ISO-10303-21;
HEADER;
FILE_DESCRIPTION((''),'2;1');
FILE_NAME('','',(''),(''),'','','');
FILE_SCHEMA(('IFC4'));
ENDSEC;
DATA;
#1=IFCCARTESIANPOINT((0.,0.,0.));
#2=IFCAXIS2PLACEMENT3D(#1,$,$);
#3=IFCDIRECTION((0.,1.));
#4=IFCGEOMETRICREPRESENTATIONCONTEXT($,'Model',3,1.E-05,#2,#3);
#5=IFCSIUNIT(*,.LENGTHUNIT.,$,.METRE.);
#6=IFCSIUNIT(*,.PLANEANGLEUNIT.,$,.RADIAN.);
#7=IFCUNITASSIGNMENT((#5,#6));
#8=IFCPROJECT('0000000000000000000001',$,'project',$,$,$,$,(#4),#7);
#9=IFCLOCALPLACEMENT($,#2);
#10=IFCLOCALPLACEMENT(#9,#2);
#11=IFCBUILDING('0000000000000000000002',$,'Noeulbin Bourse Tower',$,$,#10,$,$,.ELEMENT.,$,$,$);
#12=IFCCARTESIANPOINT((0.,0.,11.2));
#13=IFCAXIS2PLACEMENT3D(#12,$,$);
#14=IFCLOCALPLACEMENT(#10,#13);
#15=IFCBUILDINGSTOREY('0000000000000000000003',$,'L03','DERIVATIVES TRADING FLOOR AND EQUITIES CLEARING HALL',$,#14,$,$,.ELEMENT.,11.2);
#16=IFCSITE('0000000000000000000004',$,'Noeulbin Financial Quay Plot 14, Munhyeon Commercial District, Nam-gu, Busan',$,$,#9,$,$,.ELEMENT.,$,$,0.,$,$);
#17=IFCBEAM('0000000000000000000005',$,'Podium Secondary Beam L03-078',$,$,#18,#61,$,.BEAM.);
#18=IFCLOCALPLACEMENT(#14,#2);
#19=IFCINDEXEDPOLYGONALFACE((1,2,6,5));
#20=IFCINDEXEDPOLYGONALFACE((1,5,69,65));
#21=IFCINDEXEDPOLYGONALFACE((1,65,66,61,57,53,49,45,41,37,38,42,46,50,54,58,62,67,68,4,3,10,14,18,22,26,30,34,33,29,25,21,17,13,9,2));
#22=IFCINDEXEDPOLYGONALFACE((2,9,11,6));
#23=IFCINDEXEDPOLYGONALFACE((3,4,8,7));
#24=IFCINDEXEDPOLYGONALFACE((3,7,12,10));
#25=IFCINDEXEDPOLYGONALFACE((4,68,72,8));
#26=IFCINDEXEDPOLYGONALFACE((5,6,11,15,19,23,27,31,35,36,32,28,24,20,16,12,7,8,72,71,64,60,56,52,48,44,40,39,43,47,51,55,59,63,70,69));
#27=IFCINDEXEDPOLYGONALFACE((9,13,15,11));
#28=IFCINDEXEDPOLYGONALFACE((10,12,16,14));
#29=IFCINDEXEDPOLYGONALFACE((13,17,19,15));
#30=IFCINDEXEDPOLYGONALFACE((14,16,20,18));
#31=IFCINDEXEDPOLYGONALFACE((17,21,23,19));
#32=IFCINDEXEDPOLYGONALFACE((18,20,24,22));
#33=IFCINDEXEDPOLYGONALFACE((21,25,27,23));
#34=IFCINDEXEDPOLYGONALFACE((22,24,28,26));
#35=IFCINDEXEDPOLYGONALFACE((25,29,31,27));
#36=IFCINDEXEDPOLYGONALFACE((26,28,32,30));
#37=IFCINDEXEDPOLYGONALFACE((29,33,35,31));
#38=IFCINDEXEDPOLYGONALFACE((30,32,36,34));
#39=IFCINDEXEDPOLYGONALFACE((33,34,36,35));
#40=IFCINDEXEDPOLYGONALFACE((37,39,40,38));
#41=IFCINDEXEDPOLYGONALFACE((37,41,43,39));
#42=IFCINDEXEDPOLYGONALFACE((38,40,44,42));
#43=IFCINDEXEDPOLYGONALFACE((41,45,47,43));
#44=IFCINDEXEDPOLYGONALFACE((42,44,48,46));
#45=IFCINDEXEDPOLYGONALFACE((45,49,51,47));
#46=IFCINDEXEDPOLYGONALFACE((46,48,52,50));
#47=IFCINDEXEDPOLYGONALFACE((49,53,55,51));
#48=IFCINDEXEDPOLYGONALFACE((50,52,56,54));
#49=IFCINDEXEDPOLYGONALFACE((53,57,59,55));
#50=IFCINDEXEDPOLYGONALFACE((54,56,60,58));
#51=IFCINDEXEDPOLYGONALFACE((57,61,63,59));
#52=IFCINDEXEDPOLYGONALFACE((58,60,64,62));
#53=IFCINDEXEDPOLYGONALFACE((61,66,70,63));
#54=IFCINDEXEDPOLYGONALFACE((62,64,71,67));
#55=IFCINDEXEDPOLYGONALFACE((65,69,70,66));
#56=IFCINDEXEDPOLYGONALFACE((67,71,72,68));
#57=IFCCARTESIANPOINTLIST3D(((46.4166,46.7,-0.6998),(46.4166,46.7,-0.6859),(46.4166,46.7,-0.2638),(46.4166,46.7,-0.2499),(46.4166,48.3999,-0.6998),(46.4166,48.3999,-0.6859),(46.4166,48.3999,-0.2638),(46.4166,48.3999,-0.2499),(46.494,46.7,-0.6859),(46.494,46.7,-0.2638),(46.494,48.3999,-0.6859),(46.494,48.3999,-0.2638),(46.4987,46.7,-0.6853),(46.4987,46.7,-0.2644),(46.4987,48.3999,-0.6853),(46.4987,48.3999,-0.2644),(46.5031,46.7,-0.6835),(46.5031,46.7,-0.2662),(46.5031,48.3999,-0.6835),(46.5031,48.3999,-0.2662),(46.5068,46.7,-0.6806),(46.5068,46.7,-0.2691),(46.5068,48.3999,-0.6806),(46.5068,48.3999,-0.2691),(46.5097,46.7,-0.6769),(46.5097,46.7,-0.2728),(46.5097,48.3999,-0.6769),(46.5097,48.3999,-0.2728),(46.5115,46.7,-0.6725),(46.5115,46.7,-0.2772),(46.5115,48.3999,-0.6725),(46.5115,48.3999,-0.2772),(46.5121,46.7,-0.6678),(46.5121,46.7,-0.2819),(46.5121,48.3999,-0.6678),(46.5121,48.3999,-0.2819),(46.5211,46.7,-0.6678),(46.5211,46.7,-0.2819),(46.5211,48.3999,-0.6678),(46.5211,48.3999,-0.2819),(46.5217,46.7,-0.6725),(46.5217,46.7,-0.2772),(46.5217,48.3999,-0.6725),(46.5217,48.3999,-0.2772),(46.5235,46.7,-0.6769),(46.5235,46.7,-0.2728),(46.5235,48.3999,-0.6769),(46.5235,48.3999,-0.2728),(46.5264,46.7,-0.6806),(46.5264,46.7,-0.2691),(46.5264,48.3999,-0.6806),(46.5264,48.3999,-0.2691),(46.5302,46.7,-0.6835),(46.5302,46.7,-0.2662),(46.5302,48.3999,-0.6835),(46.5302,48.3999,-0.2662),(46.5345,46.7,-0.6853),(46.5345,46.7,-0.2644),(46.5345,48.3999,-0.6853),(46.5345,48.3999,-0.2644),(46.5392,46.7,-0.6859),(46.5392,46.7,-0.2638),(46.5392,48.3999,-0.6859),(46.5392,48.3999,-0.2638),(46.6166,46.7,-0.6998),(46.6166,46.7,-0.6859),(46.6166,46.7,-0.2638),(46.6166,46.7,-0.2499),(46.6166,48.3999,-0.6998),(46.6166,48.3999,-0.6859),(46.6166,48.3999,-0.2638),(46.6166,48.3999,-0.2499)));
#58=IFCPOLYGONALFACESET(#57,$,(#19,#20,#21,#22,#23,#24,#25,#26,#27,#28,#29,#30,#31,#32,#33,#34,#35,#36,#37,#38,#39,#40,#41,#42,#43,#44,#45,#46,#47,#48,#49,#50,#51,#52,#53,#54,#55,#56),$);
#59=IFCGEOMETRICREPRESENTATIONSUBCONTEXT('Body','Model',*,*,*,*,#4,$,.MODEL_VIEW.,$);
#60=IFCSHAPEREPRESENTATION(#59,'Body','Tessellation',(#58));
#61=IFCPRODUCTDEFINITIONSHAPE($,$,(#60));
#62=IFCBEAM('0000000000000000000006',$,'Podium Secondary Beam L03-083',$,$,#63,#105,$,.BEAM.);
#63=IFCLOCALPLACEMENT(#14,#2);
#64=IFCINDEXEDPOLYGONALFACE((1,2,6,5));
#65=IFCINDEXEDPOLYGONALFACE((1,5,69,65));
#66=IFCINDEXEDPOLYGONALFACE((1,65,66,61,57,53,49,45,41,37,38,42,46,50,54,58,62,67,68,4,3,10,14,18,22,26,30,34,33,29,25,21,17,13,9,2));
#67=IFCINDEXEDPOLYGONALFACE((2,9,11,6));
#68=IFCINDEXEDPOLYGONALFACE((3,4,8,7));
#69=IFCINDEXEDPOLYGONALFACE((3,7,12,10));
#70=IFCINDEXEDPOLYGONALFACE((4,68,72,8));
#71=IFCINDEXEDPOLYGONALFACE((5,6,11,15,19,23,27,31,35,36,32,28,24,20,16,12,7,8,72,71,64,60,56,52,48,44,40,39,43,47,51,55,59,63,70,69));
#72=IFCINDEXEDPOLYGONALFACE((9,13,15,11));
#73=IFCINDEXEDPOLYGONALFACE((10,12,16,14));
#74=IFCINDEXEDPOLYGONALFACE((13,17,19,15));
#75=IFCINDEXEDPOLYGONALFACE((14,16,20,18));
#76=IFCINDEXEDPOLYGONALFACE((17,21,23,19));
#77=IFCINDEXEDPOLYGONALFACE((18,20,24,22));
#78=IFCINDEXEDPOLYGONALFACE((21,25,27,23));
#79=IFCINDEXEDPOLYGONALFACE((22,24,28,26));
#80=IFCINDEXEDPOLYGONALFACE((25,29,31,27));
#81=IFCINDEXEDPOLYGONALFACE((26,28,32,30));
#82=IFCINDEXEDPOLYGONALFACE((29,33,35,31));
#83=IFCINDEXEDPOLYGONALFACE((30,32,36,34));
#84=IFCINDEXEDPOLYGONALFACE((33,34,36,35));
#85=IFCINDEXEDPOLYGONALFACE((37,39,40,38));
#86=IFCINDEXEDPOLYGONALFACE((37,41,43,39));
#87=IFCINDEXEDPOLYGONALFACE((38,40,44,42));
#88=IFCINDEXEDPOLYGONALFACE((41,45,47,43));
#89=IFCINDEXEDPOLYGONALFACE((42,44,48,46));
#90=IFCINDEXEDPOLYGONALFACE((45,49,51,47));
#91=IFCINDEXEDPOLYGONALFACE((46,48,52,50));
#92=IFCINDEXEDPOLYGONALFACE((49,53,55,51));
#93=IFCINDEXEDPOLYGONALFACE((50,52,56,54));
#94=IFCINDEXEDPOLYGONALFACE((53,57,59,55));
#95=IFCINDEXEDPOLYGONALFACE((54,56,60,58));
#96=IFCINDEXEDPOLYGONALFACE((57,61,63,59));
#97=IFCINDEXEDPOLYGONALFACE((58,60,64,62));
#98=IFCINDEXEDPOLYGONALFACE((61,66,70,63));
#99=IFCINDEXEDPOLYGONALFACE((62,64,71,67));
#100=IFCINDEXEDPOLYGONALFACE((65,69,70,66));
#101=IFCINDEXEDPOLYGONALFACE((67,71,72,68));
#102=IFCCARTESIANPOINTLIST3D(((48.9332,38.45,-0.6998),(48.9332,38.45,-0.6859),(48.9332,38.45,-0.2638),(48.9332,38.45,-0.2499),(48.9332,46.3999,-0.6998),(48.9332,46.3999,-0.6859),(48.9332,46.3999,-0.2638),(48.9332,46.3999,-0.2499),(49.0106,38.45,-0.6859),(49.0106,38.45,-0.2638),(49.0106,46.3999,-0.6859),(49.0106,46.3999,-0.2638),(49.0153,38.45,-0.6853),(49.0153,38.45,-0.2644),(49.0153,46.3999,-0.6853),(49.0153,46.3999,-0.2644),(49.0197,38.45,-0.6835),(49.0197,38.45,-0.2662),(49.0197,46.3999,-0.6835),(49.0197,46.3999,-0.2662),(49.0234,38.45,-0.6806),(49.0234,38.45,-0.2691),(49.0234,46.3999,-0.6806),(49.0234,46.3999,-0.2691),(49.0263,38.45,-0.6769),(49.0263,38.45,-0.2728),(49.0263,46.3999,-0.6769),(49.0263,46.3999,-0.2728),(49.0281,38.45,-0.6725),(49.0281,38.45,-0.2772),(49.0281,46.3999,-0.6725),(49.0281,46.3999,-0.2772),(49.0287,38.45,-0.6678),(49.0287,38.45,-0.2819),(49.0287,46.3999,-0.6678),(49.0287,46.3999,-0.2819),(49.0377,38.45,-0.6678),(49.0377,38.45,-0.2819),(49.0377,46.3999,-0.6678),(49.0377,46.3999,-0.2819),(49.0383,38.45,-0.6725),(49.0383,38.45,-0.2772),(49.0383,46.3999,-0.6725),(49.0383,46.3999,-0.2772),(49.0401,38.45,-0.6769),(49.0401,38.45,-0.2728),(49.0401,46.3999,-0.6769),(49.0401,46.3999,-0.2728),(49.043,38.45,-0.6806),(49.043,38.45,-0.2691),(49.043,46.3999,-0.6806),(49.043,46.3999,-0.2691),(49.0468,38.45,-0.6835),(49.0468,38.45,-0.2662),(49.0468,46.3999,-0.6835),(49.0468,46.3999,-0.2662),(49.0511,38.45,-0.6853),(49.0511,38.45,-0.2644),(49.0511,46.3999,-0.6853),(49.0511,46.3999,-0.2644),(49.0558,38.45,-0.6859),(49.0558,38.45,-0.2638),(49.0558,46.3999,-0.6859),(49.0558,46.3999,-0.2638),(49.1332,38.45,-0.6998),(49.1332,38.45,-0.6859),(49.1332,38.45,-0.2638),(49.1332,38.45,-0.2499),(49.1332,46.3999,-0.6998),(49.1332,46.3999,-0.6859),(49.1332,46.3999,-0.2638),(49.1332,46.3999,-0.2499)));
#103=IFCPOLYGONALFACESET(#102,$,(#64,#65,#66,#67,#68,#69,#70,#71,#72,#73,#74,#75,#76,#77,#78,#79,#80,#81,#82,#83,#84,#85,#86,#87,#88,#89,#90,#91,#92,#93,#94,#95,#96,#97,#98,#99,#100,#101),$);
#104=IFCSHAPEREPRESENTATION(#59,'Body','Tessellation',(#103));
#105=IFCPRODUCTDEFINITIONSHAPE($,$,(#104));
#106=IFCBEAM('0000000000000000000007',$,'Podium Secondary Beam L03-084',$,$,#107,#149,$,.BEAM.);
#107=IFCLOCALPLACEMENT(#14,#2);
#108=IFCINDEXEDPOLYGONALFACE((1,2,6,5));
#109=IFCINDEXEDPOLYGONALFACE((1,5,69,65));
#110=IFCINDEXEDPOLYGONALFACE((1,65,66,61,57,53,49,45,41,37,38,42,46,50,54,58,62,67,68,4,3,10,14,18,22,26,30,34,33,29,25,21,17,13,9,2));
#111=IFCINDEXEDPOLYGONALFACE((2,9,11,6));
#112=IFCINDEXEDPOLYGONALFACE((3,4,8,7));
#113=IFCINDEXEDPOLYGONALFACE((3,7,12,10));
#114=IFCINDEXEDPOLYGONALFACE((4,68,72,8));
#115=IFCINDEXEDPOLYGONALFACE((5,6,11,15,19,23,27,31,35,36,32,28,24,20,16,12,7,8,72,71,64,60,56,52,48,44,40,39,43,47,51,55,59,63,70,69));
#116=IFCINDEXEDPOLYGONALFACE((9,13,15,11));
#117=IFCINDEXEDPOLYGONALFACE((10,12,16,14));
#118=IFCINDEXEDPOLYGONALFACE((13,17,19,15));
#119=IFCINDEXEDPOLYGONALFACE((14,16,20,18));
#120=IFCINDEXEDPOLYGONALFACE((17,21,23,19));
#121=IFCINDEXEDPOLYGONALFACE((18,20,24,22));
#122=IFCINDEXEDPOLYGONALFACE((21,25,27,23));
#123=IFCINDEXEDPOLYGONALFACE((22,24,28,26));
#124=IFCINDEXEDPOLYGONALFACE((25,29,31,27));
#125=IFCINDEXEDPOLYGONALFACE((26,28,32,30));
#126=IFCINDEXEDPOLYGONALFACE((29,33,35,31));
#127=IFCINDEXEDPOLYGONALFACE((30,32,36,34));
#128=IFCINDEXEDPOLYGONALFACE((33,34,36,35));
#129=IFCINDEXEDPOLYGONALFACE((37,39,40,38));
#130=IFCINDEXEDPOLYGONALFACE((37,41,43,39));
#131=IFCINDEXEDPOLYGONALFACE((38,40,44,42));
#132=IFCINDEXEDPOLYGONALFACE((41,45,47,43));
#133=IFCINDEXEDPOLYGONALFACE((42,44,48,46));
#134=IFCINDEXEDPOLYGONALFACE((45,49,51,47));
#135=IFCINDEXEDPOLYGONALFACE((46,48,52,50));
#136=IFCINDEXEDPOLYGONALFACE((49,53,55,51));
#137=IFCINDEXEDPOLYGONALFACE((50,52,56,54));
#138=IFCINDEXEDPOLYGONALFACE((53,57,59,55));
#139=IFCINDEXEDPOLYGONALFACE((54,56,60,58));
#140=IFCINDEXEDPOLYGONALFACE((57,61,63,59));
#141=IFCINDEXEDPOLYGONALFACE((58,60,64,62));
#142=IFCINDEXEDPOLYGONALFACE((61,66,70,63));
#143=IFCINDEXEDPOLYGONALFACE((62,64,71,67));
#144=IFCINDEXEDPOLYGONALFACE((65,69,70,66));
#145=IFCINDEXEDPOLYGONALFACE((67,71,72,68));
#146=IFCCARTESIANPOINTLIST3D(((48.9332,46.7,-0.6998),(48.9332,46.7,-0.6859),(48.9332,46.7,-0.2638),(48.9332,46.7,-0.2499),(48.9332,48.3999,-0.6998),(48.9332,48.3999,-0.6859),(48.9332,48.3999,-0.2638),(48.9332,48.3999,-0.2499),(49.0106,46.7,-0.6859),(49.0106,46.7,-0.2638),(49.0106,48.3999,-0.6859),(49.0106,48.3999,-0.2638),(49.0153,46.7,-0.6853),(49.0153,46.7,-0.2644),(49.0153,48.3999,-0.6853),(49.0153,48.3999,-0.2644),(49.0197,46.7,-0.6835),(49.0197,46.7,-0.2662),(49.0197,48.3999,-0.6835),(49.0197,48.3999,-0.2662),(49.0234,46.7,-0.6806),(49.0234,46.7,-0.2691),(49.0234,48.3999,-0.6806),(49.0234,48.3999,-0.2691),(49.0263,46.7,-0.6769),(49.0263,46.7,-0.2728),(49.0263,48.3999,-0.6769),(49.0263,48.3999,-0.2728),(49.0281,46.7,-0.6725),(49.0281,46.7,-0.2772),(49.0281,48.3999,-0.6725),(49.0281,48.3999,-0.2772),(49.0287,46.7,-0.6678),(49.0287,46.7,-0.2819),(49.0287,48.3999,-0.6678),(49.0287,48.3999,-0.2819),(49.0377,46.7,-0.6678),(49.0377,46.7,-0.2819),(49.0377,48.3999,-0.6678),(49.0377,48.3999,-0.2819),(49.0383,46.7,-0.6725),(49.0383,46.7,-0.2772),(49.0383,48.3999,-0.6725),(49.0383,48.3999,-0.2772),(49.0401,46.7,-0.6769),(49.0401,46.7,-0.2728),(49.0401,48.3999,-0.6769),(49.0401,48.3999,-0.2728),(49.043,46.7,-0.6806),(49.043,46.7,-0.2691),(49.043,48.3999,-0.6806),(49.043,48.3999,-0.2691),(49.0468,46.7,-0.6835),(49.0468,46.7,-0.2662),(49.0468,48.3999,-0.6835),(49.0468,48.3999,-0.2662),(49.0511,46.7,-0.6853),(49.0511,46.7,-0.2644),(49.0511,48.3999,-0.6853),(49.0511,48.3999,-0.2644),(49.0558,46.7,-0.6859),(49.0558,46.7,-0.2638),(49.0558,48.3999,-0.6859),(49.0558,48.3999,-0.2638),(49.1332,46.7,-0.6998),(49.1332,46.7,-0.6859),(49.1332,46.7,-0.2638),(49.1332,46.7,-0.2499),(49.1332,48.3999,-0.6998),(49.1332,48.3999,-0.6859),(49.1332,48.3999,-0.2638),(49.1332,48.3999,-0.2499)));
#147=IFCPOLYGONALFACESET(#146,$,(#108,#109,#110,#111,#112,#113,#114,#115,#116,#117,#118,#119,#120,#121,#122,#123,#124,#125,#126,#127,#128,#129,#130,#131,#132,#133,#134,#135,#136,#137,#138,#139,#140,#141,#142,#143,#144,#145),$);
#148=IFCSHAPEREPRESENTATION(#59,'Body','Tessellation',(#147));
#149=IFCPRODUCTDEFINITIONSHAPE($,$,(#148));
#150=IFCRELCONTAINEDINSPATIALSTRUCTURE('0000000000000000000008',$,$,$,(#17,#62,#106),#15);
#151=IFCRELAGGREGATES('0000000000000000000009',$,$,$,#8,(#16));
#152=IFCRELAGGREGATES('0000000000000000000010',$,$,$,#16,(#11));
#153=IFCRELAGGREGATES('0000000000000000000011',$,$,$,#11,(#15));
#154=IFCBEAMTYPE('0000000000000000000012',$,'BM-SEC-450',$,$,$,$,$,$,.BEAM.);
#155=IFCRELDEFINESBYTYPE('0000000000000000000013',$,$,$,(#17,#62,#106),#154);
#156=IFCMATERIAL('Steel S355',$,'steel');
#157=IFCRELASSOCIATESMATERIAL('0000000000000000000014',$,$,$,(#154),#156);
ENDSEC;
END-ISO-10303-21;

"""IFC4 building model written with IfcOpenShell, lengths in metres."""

from ifc_helpers import new_model, si_unit, direction, frame, origin, origin_2d, place, context, subcontext, project, spatial, i_section, extrude, material, material_profile, profile_set, type_object, element, save


model = new_model("IFC4")

# Units and contexts
model_context = context("Model", 3, precision=1e-05, world=origin(), true_north=direction((0.0, 1.0)))
body_context = subcontext(model_context, "Body", "Model", "MODEL_VIEW")
ifc_project = project(units=[si_unit("LENGTHUNIT", "METRE"), si_unit("PLANEANGLEUNIT", "RADIAN")], contexts=[model_context])

# Site, building, storey
site_placement = place(None, origin())
site = spatial("IfcSite", under=ifc_project, at=site_placement, Name="Noeulbin Financial Quay Plot 14, Munhyeon Commercial District, Nam-gu, Busan", CompositionType="ELEMENT", RefElevation=0.0)
building_placement = place(site_placement, origin())
building = spatial("IfcBuilding", under=site, at=building_placement, Name="Noeulbin Bourse Tower", CompositionType="ELEMENT")
storey_placement = place(building_placement, frame((0.0, 0.0, 11.2)))
storey = spatial("IfcBuildingStorey", under=building, at=storey_placement, Name="L03", Description="DERIVATIVES TRADING FLOOR AND EQUITIES CLEARING HALL", CompositionType="ELEMENT", Elevation=11.2)

# Beams
ifc_material_1 = material(Name="Steel S355", Category="steel")
ifc_material_profile_1 = material_profile(ifc_material_1, i_section(OverallWidth=0.2, OverallDepth=0.45, WebThickness=0.009, FlangeThickness=0.0139, FilletRadius=0.0181, at=origin_2d()), Name="H-450x200x9x14", Category="LoadBearing")
ifc_profile_set_1 = profile_set([ifc_material_profile_1], Name="Steel S355")
beam_type_1 = type_object("IfcBeamType", Name="BM-SEC-450", PredefinedType="BEAM", material=ifc_profile_set_1)
beam_1_placement = place(storey_placement, frame((46.5166, 46.7, -0.4749), z_axis=(0.0, 1.0, 0.0), x_axis=(-1.0, 0.0, 0.0)))
element("IfcBeam", 1, at=beam_1_placement, inside=storey, type_object=beam_type_1, Name="Podium Secondary Beam L03-078", PredefinedType="BEAM", context=body_context, shape_type="SweptSolid", body=[
    extrude(i_section(OverallWidth=0.2, OverallDepth=0.45, WebThickness=0.009, FlangeThickness=0.0139, FilletRadius=0.0181, at=origin_2d()), origin(), (0.0, 0.0, 1.0), 1.7),
])
beam_2_placement = place(storey_placement, frame((49.0332, 38.45, -0.4749), z_axis=(0.0, 1.0, 0.0), x_axis=(-1.0, 0.0, 0.0)))
element("IfcBeam", 2, at=beam_2_placement, inside=storey, type_object=beam_type_1, Name="Podium Secondary Beam L03-083", PredefinedType="BEAM", context=body_context, shape_type="SweptSolid", body=[
    extrude(i_section(OverallWidth=0.2, OverallDepth=0.45, WebThickness=0.009, FlangeThickness=0.0139, FilletRadius=0.0181, at=origin_2d()), origin(), (0.0, 0.0, 1.0), 7.95),
])
beam_3_placement = place(storey_placement, frame((49.0332, 46.7, -0.4749), z_axis=(0.0, 1.0, 0.0), x_axis=(-1.0, 0.0, 0.0)))
element("IfcBeam", 3, at=beam_3_placement, inside=storey, type_object=beam_type_1, Name="Podium Secondary Beam L03-084", PredefinedType="BEAM", context=body_context, shape_type="SweptSolid", body=[
    extrude(i_section(OverallWidth=0.2, OverallDepth=0.45, WebThickness=0.009, FlangeThickness=0.0139, FilletRadius=0.0181, at=origin_2d()), origin(), (0.0, 0.0, 1.0), 1.7),
])

save(model, "model.ifc")
